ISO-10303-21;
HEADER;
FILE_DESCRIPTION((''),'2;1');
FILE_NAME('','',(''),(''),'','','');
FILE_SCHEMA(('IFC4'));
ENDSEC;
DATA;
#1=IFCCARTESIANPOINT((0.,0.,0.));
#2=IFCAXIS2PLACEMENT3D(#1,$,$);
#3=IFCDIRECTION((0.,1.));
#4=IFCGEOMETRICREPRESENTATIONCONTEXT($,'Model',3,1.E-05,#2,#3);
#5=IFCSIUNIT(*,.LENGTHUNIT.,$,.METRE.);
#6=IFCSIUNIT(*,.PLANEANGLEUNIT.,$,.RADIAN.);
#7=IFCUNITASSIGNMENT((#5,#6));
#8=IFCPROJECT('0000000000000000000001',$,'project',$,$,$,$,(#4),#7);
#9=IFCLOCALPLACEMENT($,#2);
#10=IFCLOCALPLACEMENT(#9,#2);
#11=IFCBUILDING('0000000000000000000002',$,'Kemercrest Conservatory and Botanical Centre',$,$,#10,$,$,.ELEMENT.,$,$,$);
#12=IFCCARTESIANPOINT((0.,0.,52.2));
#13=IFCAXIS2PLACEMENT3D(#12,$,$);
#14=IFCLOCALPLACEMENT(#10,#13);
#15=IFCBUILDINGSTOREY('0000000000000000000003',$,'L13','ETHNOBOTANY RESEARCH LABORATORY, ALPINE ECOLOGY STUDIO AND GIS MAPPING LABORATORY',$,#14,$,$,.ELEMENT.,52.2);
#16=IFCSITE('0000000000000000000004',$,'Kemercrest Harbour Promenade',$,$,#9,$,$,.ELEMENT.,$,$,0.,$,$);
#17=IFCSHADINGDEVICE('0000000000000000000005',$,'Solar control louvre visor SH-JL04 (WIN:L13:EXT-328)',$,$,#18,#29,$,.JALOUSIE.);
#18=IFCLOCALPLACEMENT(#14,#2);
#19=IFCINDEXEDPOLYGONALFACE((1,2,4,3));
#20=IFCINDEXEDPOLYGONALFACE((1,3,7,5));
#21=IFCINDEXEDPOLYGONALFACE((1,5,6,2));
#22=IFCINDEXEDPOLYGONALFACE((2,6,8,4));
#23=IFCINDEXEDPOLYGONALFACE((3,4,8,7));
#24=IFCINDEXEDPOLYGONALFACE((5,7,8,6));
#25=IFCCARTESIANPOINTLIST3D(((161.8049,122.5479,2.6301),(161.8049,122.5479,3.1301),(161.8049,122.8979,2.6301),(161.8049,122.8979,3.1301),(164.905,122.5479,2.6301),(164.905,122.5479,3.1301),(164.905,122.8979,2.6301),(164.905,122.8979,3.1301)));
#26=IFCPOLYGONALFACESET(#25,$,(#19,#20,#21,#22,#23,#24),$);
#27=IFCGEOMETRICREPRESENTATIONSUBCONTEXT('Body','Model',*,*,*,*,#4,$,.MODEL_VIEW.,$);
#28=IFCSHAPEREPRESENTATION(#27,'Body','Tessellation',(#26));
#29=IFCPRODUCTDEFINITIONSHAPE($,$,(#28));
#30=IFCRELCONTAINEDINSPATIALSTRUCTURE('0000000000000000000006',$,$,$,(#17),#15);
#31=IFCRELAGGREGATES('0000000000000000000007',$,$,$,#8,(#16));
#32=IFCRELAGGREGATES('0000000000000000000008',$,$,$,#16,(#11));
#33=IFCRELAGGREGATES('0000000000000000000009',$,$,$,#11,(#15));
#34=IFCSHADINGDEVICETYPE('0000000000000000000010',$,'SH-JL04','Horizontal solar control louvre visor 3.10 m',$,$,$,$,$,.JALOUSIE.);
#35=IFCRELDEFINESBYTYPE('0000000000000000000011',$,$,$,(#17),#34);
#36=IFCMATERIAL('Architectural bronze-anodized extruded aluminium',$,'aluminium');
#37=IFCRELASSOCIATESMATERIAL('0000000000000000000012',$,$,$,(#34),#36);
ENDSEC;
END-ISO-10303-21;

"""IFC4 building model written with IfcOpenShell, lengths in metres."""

from ifc_helpers import new_model, si_unit, direction, frame, origin, origin_2d, place, context, subcontext, project, spatial, rectangle, extrude, material, type_object, element, save


model = new_model("IFC4")

# Units and contexts
model_context = context("Model", 3, precision=1e-05, world=origin(), true_north=direction((0.0, 1.0)))
body_context = subcontext(model_context, "Body", "Model", "MODEL_VIEW")
ifc_project = project(units=[si_unit("LENGTHUNIT", "METRE"), si_unit("PLANEANGLEUNIT", "RADIAN")], contexts=[model_context])

# Site, building, storey
site_placement = place(None, origin())
site = spatial("IfcSite", under=ifc_project, at=site_placement, Name="Kemercrest Harbour Promenade", CompositionType="ELEMENT", RefElevation=0.0)
building_placement = place(site_placement, origin())
building = spatial("IfcBuilding", under=site, at=building_placement, Name="Kemercrest Conservatory and Botanical Centre", CompositionType="ELEMENT")
storey_placement = place(building_placement, frame((0.0, 0.0, 52.2)))
storey = spatial("IfcBuildingStorey", under=building, at=storey_placement, Name="L13", Description="ETHNOBOTANY RESEARCH LABORATORY, ALPINE ECOLOGY STUDIO AND GIS MAPPING LABORATORY", CompositionType="ELEMENT", Elevation=52.2)

# Shading device
ifc_material_1 = material(Name="Architectural bronze-anodized extruded aluminium", Category="aluminium")
shading_device_type = type_object("IfcShadingDeviceType", Name="SH-JL04", Description="Horizontal solar control louvre visor 3.10 m", PredefinedType="JALOUSIE", material=ifc_material_1)
shading_device_placement = place(storey_placement, frame((163.355, 122.7229, 2.6301), z_axis=(0.0, 0.0, 1.0), x_axis=(-1.0, 0.0, 0.0)))
element("IfcShadingDevice", 1, at=shading_device_placement, inside=storey, type_object=shading_device_type, Name="Solar control louvre visor SH-JL04 (WIN:L13:EXT-328)", PredefinedType="JALOUSIE", context=body_context, shape_type="SweptSolid", body=[
    extrude(rectangle(XDim=3.1001, YDim=0.3501, at=origin_2d()), origin(), (0.0, 0.0, 1.0), 0.5),
])

save(model, "model.ifc")
